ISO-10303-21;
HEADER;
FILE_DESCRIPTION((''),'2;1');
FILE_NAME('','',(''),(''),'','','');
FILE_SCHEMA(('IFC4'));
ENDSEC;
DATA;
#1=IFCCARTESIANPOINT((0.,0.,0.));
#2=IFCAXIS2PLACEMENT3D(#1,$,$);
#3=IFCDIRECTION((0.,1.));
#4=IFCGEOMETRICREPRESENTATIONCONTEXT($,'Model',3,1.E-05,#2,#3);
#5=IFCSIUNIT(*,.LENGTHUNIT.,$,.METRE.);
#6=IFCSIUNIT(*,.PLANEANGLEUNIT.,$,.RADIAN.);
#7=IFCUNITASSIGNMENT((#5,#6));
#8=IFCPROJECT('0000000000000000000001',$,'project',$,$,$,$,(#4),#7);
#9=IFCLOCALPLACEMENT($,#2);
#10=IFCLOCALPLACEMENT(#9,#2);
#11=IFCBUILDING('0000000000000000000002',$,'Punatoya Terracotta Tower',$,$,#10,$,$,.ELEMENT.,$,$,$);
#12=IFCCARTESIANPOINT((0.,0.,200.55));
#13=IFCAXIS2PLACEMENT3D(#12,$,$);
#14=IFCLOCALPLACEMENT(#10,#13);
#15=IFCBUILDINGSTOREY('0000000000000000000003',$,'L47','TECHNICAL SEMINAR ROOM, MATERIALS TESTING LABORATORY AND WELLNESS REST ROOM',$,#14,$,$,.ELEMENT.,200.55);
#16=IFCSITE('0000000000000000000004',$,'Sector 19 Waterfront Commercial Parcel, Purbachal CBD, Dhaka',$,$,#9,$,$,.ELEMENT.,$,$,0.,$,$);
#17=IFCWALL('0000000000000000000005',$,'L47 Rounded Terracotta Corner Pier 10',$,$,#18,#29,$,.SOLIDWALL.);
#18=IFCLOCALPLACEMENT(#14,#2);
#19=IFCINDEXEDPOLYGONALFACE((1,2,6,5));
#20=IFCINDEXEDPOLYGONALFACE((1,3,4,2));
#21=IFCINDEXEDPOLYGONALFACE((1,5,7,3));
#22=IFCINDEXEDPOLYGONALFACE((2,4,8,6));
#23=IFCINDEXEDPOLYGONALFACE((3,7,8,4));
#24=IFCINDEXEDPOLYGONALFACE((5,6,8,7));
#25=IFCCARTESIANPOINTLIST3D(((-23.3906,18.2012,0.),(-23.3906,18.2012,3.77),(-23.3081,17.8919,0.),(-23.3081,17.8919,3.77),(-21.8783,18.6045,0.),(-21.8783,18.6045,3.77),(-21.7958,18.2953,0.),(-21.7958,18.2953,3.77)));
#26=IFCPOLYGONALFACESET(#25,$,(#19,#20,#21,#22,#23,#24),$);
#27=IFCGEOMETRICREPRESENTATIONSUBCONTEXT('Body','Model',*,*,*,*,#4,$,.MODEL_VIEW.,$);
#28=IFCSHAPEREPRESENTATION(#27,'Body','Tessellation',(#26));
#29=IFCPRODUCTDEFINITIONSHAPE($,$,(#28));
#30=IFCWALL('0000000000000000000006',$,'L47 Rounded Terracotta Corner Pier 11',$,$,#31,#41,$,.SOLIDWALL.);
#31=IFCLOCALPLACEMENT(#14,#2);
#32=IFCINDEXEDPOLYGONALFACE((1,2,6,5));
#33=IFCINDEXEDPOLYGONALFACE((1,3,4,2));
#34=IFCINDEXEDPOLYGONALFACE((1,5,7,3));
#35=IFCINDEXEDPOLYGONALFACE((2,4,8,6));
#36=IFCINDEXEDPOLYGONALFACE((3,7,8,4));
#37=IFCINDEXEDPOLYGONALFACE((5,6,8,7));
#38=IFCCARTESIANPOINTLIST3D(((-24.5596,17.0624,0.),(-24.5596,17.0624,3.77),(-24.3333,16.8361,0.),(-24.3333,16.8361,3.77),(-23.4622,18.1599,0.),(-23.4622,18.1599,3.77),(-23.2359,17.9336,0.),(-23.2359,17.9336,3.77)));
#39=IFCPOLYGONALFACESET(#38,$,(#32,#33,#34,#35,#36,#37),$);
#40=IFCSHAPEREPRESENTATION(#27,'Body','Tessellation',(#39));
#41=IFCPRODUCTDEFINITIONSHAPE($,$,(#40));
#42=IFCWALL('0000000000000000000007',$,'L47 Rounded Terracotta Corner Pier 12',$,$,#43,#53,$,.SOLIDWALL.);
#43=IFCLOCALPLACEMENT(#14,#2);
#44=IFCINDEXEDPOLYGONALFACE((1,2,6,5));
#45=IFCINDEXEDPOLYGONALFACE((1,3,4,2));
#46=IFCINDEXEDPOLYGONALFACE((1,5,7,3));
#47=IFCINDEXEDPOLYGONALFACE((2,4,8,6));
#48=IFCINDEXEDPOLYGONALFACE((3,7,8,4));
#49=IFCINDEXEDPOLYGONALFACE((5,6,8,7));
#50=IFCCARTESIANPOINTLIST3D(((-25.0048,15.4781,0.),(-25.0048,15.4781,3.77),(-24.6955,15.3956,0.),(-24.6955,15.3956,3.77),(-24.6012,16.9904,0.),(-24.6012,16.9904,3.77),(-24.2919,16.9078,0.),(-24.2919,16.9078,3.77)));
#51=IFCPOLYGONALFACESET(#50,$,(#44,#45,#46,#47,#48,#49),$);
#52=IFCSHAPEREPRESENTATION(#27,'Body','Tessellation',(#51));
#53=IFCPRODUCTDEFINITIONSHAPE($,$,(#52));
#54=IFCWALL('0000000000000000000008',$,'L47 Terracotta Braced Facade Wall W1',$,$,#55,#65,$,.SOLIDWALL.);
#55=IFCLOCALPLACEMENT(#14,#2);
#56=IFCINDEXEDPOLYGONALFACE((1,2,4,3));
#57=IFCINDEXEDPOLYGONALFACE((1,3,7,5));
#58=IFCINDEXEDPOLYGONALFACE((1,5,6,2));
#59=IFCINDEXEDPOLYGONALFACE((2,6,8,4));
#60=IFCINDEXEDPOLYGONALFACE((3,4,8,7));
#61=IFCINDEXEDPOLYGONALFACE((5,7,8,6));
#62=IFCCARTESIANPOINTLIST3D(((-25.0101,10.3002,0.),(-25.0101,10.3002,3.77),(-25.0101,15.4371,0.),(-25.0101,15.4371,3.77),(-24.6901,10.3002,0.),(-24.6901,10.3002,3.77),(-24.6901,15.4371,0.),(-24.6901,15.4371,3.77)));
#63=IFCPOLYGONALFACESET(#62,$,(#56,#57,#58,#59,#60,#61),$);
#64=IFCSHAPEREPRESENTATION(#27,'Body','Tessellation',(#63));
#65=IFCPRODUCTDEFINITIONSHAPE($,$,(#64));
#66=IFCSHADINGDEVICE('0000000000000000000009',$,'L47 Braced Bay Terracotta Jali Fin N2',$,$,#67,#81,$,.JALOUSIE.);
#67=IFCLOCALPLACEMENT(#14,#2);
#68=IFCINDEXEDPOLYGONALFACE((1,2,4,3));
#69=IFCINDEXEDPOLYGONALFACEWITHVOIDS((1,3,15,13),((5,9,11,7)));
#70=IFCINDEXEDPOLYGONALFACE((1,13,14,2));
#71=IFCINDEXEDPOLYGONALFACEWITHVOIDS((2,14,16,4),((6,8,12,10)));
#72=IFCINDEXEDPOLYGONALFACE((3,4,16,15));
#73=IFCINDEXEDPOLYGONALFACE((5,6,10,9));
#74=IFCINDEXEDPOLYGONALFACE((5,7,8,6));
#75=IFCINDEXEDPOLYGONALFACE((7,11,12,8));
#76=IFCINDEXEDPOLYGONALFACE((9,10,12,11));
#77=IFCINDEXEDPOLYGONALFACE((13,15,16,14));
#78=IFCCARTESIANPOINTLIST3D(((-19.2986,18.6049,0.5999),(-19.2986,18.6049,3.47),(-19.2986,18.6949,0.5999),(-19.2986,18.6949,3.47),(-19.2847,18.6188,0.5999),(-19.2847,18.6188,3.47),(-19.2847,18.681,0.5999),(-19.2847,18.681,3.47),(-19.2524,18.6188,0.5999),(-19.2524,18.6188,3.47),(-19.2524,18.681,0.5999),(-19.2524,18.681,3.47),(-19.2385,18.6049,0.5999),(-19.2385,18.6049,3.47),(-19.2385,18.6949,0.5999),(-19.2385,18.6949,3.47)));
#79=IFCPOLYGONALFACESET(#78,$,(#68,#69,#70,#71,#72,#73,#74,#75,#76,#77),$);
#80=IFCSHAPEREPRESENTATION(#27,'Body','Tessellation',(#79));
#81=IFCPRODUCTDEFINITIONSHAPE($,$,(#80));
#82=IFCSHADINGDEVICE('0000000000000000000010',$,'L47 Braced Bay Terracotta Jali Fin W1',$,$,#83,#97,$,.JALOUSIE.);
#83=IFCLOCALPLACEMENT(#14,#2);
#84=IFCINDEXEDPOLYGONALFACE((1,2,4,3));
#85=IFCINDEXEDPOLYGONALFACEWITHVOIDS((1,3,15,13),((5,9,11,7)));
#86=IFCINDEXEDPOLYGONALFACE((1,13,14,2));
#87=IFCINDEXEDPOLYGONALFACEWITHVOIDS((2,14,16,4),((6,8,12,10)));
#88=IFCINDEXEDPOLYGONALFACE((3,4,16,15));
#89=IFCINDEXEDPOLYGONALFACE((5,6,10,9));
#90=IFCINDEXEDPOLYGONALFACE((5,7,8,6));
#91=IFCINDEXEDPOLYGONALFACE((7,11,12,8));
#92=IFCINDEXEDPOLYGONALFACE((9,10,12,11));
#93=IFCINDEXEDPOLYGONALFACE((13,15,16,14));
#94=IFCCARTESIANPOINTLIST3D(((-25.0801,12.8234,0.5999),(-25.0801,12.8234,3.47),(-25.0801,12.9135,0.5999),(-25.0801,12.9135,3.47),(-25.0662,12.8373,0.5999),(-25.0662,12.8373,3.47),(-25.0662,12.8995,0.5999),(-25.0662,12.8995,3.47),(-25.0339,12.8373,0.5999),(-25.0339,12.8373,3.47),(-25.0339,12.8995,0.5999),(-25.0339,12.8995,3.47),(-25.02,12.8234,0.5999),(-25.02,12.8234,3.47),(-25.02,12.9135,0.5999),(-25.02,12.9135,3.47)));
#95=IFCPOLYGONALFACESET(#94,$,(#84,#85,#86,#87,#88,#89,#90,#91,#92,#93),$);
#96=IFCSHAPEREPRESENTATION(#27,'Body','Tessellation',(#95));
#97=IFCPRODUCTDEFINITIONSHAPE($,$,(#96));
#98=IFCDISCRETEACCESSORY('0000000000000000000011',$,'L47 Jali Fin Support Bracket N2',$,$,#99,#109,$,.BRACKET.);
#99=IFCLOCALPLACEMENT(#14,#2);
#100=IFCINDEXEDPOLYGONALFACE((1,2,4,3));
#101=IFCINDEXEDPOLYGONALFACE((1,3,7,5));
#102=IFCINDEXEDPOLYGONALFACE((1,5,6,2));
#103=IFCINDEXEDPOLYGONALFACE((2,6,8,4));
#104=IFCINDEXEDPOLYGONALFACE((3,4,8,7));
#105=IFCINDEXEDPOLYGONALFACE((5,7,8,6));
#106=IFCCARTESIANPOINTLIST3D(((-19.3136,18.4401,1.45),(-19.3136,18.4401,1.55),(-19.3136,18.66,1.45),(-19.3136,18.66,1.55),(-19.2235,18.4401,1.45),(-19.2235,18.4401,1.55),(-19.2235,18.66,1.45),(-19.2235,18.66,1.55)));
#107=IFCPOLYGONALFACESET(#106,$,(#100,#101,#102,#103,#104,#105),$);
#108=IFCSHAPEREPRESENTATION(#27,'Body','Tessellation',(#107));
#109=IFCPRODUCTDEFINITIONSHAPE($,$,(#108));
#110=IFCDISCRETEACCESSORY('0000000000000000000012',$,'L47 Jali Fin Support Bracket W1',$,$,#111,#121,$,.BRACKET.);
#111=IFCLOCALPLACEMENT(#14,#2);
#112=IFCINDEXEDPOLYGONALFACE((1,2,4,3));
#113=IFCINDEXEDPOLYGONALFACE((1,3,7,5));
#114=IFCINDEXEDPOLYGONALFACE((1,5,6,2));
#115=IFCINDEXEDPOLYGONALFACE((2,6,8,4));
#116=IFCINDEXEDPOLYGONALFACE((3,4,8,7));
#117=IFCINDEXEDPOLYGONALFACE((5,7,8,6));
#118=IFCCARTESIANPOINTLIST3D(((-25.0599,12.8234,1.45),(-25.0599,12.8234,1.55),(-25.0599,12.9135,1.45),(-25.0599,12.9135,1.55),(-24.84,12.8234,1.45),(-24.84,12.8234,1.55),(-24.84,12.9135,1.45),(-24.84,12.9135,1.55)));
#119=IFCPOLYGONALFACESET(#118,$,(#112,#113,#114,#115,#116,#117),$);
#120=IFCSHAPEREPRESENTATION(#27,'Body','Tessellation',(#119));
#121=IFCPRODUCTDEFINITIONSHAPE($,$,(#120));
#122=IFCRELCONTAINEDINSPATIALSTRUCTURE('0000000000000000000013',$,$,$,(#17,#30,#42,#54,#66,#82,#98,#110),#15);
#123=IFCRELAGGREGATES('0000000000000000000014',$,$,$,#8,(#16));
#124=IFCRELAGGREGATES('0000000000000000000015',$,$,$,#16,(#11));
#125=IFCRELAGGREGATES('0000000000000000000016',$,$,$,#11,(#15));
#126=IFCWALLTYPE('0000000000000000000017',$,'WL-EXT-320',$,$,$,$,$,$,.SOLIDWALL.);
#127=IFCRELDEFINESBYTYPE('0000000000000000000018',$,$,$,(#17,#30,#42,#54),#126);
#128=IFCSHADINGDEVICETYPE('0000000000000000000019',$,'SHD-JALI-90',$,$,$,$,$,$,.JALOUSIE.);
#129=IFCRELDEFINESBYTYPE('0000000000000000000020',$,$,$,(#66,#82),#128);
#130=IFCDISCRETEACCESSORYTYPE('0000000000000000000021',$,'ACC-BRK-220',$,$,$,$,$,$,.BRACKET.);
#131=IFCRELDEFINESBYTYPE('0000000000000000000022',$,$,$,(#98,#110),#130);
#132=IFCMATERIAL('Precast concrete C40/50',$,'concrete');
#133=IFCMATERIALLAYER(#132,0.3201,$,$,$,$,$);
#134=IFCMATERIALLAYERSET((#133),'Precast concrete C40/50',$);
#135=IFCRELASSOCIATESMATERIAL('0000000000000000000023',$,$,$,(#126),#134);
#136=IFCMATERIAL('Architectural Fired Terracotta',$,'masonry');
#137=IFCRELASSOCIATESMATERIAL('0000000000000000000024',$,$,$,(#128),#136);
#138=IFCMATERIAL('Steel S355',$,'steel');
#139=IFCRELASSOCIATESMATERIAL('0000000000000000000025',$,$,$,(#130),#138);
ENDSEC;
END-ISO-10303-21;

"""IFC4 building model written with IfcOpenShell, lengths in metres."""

from ifc_helpers import new_model, si_unit, direction, frame, frame_2d, origin, origin_2d, place, context, subcontext, project, spatial, rectangle, hollow_rectangle, extrude, material, layer, layer_set, material_profile, profile_set, type_object, element, save


model = new_model("IFC4")

# Units and contexts
model_context = context("Model", 3, precision=1e-05, world=origin(), true_north=direction((0.0, 1.0)))
body_context = subcontext(model_context, "Body", "Model", "MODEL_VIEW")
ifc_project = project(units=[si_unit("LENGTHUNIT", "METRE"), si_unit("PLANEANGLEUNIT", "RADIAN")], contexts=[model_context])

# Site, building, storey
site_placement = place(None, origin())
site = spatial("IfcSite", under=ifc_project, at=site_placement, Name="Sector 19 Waterfront Commercial Parcel, Purbachal CBD, Dhaka", CompositionType="ELEMENT", RefElevation=0.0)
building_placement = place(site_placement, origin())
building = spatial("IfcBuilding", under=site, at=building_placement, Name="Punatoya Terracotta Tower", CompositionType="ELEMENT")
storey_placement = place(building_placement, frame((0.0, 0.0, 200.55)))
storey = spatial("IfcBuildingStorey", under=building, at=storey_placement, Name="L47", Description="TECHNICAL SEMINAR ROOM, MATERIALS TESTING LABORATORY AND WELLNESS REST ROOM", CompositionType="ELEMENT", Elevation=200.55)

# Shared definitions
ifc_material_1 = material(Name="Steel S355", Category="steel")

# Walls
ifc_material_2 = material(Name="Precast concrete C40/50", Category="concrete")
ifc_layer_1 = layer(ifc_material_2, 0.3201)
ifc_layer_set_1 = layer_set([ifc_layer_1], Name="Precast concrete C40/50")
wall_type = type_object("IfcWallType", Name="WL-EXT-320", PredefinedType="SOLIDWALL", material=ifc_layer_set_1)
wall_1_placement = place(storey_placement, frame((-21.8369, 18.45, 0.0), z_axis=(0.0, 0.0, 1.0), x_axis=(-0.966225, -0.257701, 0.0)))
element("IfcWall", 1, at=wall_1_placement, inside=storey, type_object=wall_type, Name="L47 Rounded Terracotta Corner Pier 10", PredefinedType="SOLIDWALL", context=body_context, shape_type="SweptSolid", body=[
    extrude(rectangle(XDim=1.5652, YDim=0.3201, at=frame_2d((0.7827, 0.0))), origin(), (0.0, 0.0, 1.0), 3.77),
])
wall_2_placement = place(storey_placement, frame((-23.3491, 18.0466, 0.0), z_axis=(0.0, 0.0, 1.0), x_axis=(-0.707107, -0.707107, 0.0)))
element("IfcWall", 2, at=wall_2_placement, inside=storey, type_object=wall_type, Name="L47 Rounded Terracotta Corner Pier 11", PredefinedType="SOLIDWALL", context=body_context, shape_type="SweptSolid", body=[
    extrude(rectangle(XDim=1.552, YDim=0.3201, at=frame_2d((0.7759, 0.0))), origin(), (0.0, 0.0, 1.0), 3.77),
])
wall_3_placement = place(storey_placement, frame((-24.4465, 16.9492, 0.0), z_axis=(0.0, 0.0, 1.0), x_axis=(-0.257847, -0.966186, 0.0)))
element("IfcWall", 3, at=wall_3_placement, inside=storey, type_object=wall_type, Name="L47 Rounded Terracotta Corner Pier 12", PredefinedType="SOLIDWALL", context=body_context, shape_type="SweptSolid", body=[
    extrude(rectangle(XDim=1.5652, YDim=0.3201, at=frame_2d((0.7827, 0.0))), origin(), (0.0, 0.0, 1.0), 3.77),
])
wall_4_placement = place(storey_placement, frame((-24.8501, 15.437, 0.0), z_axis=(0.0, 0.0, 1.0), x_axis=(0.0, -1.0, 0.0)))
element("IfcWall", 4, at=wall_4_placement, inside=storey, type_object=wall_type, Name="L47 Terracotta Braced Facade Wall W1", PredefinedType="SOLIDWALL", context=body_context, shape_type="SweptSolid", body=[
    extrude(rectangle(XDim=5.137, YDim=0.3201, at=frame_2d((2.5684, 0.0))), origin(), (0.0, 0.0, 1.0), 3.77),
])

# Shading devices
ifc_material_3 = material(Name="Architectural Fired Terracotta", Category="masonry")
ifc_material_profile_1 = material_profile(ifc_material_3, hollow_rectangle(XDim=0.0601, YDim=0.0901, WallThickness=0.0139, at=origin_2d()))
ifc_profile_set_1 = profile_set([ifc_material_profile_1], Name="Architectural Fired Terracotta")
shading_device_type = type_object("IfcShadingDeviceType", Name="SHD-JALI-90", PredefinedType="JALOUSIE", material=ifc_profile_set_1)
for number, where, z_axis, x_axis, name in (
    (5, (-19.2686, 18.6499, 0.5999), (0.0, 0.0, 1.0), (1.0, 0.0, 0.0), "L47 Braced Bay Terracotta Jali Fin N2"),
    (6, (-25.05, 12.8684, 0.5999), (0.0, 0.0, 1.0), (1.0, 0.0, 0.0), "L47 Braced Bay Terracotta Jali Fin W1"),
):
    element("IfcShadingDevice", number, at=place(storey_placement, frame(where, z_axis=z_axis, x_axis=x_axis)), inside=storey, type_object=shading_device_type, Name=name, PredefinedType="JALOUSIE", context=body_context, shape_type="SweptSolid", body=[
        extrude(hollow_rectangle(XDim=0.0601, YDim=0.0901, WallThickness=0.0139, at=origin_2d()), origin(), (0.0, 0.0, 1.0), 2.8701),
    ])

# Discrete accessories
discrete_accessory_type = type_object("IfcDiscreteAccessoryType", Name="ACC-BRK-220", PredefinedType="BRACKET", material=ifc_material_1)
for number, where, z_axis, x_axis, name in (
    (7, (-19.2686, 18.55, 1.45), (0.0, 0.0, 1.0), (-1.0, 0.0, 0.0), "L47 Jali Fin Support Bracket N2"),
    (8, (-24.95, 12.8684, 1.45), (0.0, 0.0, 1.0), (0.0, -1.0, 0.0), "L47 Jali Fin Support Bracket W1"),
):
    element("IfcDiscreteAccessory", number, at=place(storey_placement, frame(where, z_axis=z_axis, x_axis=x_axis)), inside=storey, type_object=discrete_accessory_type, Name=name, PredefinedType="BRACKET", context=body_context, shape_type="SweptSolid", body=[
        extrude(rectangle(XDim=0.0901, YDim=0.22, at=origin_2d()), origin(), (0.0, 0.0, 1.0), 0.1001),
    ])

save(model, "model.ifc")
